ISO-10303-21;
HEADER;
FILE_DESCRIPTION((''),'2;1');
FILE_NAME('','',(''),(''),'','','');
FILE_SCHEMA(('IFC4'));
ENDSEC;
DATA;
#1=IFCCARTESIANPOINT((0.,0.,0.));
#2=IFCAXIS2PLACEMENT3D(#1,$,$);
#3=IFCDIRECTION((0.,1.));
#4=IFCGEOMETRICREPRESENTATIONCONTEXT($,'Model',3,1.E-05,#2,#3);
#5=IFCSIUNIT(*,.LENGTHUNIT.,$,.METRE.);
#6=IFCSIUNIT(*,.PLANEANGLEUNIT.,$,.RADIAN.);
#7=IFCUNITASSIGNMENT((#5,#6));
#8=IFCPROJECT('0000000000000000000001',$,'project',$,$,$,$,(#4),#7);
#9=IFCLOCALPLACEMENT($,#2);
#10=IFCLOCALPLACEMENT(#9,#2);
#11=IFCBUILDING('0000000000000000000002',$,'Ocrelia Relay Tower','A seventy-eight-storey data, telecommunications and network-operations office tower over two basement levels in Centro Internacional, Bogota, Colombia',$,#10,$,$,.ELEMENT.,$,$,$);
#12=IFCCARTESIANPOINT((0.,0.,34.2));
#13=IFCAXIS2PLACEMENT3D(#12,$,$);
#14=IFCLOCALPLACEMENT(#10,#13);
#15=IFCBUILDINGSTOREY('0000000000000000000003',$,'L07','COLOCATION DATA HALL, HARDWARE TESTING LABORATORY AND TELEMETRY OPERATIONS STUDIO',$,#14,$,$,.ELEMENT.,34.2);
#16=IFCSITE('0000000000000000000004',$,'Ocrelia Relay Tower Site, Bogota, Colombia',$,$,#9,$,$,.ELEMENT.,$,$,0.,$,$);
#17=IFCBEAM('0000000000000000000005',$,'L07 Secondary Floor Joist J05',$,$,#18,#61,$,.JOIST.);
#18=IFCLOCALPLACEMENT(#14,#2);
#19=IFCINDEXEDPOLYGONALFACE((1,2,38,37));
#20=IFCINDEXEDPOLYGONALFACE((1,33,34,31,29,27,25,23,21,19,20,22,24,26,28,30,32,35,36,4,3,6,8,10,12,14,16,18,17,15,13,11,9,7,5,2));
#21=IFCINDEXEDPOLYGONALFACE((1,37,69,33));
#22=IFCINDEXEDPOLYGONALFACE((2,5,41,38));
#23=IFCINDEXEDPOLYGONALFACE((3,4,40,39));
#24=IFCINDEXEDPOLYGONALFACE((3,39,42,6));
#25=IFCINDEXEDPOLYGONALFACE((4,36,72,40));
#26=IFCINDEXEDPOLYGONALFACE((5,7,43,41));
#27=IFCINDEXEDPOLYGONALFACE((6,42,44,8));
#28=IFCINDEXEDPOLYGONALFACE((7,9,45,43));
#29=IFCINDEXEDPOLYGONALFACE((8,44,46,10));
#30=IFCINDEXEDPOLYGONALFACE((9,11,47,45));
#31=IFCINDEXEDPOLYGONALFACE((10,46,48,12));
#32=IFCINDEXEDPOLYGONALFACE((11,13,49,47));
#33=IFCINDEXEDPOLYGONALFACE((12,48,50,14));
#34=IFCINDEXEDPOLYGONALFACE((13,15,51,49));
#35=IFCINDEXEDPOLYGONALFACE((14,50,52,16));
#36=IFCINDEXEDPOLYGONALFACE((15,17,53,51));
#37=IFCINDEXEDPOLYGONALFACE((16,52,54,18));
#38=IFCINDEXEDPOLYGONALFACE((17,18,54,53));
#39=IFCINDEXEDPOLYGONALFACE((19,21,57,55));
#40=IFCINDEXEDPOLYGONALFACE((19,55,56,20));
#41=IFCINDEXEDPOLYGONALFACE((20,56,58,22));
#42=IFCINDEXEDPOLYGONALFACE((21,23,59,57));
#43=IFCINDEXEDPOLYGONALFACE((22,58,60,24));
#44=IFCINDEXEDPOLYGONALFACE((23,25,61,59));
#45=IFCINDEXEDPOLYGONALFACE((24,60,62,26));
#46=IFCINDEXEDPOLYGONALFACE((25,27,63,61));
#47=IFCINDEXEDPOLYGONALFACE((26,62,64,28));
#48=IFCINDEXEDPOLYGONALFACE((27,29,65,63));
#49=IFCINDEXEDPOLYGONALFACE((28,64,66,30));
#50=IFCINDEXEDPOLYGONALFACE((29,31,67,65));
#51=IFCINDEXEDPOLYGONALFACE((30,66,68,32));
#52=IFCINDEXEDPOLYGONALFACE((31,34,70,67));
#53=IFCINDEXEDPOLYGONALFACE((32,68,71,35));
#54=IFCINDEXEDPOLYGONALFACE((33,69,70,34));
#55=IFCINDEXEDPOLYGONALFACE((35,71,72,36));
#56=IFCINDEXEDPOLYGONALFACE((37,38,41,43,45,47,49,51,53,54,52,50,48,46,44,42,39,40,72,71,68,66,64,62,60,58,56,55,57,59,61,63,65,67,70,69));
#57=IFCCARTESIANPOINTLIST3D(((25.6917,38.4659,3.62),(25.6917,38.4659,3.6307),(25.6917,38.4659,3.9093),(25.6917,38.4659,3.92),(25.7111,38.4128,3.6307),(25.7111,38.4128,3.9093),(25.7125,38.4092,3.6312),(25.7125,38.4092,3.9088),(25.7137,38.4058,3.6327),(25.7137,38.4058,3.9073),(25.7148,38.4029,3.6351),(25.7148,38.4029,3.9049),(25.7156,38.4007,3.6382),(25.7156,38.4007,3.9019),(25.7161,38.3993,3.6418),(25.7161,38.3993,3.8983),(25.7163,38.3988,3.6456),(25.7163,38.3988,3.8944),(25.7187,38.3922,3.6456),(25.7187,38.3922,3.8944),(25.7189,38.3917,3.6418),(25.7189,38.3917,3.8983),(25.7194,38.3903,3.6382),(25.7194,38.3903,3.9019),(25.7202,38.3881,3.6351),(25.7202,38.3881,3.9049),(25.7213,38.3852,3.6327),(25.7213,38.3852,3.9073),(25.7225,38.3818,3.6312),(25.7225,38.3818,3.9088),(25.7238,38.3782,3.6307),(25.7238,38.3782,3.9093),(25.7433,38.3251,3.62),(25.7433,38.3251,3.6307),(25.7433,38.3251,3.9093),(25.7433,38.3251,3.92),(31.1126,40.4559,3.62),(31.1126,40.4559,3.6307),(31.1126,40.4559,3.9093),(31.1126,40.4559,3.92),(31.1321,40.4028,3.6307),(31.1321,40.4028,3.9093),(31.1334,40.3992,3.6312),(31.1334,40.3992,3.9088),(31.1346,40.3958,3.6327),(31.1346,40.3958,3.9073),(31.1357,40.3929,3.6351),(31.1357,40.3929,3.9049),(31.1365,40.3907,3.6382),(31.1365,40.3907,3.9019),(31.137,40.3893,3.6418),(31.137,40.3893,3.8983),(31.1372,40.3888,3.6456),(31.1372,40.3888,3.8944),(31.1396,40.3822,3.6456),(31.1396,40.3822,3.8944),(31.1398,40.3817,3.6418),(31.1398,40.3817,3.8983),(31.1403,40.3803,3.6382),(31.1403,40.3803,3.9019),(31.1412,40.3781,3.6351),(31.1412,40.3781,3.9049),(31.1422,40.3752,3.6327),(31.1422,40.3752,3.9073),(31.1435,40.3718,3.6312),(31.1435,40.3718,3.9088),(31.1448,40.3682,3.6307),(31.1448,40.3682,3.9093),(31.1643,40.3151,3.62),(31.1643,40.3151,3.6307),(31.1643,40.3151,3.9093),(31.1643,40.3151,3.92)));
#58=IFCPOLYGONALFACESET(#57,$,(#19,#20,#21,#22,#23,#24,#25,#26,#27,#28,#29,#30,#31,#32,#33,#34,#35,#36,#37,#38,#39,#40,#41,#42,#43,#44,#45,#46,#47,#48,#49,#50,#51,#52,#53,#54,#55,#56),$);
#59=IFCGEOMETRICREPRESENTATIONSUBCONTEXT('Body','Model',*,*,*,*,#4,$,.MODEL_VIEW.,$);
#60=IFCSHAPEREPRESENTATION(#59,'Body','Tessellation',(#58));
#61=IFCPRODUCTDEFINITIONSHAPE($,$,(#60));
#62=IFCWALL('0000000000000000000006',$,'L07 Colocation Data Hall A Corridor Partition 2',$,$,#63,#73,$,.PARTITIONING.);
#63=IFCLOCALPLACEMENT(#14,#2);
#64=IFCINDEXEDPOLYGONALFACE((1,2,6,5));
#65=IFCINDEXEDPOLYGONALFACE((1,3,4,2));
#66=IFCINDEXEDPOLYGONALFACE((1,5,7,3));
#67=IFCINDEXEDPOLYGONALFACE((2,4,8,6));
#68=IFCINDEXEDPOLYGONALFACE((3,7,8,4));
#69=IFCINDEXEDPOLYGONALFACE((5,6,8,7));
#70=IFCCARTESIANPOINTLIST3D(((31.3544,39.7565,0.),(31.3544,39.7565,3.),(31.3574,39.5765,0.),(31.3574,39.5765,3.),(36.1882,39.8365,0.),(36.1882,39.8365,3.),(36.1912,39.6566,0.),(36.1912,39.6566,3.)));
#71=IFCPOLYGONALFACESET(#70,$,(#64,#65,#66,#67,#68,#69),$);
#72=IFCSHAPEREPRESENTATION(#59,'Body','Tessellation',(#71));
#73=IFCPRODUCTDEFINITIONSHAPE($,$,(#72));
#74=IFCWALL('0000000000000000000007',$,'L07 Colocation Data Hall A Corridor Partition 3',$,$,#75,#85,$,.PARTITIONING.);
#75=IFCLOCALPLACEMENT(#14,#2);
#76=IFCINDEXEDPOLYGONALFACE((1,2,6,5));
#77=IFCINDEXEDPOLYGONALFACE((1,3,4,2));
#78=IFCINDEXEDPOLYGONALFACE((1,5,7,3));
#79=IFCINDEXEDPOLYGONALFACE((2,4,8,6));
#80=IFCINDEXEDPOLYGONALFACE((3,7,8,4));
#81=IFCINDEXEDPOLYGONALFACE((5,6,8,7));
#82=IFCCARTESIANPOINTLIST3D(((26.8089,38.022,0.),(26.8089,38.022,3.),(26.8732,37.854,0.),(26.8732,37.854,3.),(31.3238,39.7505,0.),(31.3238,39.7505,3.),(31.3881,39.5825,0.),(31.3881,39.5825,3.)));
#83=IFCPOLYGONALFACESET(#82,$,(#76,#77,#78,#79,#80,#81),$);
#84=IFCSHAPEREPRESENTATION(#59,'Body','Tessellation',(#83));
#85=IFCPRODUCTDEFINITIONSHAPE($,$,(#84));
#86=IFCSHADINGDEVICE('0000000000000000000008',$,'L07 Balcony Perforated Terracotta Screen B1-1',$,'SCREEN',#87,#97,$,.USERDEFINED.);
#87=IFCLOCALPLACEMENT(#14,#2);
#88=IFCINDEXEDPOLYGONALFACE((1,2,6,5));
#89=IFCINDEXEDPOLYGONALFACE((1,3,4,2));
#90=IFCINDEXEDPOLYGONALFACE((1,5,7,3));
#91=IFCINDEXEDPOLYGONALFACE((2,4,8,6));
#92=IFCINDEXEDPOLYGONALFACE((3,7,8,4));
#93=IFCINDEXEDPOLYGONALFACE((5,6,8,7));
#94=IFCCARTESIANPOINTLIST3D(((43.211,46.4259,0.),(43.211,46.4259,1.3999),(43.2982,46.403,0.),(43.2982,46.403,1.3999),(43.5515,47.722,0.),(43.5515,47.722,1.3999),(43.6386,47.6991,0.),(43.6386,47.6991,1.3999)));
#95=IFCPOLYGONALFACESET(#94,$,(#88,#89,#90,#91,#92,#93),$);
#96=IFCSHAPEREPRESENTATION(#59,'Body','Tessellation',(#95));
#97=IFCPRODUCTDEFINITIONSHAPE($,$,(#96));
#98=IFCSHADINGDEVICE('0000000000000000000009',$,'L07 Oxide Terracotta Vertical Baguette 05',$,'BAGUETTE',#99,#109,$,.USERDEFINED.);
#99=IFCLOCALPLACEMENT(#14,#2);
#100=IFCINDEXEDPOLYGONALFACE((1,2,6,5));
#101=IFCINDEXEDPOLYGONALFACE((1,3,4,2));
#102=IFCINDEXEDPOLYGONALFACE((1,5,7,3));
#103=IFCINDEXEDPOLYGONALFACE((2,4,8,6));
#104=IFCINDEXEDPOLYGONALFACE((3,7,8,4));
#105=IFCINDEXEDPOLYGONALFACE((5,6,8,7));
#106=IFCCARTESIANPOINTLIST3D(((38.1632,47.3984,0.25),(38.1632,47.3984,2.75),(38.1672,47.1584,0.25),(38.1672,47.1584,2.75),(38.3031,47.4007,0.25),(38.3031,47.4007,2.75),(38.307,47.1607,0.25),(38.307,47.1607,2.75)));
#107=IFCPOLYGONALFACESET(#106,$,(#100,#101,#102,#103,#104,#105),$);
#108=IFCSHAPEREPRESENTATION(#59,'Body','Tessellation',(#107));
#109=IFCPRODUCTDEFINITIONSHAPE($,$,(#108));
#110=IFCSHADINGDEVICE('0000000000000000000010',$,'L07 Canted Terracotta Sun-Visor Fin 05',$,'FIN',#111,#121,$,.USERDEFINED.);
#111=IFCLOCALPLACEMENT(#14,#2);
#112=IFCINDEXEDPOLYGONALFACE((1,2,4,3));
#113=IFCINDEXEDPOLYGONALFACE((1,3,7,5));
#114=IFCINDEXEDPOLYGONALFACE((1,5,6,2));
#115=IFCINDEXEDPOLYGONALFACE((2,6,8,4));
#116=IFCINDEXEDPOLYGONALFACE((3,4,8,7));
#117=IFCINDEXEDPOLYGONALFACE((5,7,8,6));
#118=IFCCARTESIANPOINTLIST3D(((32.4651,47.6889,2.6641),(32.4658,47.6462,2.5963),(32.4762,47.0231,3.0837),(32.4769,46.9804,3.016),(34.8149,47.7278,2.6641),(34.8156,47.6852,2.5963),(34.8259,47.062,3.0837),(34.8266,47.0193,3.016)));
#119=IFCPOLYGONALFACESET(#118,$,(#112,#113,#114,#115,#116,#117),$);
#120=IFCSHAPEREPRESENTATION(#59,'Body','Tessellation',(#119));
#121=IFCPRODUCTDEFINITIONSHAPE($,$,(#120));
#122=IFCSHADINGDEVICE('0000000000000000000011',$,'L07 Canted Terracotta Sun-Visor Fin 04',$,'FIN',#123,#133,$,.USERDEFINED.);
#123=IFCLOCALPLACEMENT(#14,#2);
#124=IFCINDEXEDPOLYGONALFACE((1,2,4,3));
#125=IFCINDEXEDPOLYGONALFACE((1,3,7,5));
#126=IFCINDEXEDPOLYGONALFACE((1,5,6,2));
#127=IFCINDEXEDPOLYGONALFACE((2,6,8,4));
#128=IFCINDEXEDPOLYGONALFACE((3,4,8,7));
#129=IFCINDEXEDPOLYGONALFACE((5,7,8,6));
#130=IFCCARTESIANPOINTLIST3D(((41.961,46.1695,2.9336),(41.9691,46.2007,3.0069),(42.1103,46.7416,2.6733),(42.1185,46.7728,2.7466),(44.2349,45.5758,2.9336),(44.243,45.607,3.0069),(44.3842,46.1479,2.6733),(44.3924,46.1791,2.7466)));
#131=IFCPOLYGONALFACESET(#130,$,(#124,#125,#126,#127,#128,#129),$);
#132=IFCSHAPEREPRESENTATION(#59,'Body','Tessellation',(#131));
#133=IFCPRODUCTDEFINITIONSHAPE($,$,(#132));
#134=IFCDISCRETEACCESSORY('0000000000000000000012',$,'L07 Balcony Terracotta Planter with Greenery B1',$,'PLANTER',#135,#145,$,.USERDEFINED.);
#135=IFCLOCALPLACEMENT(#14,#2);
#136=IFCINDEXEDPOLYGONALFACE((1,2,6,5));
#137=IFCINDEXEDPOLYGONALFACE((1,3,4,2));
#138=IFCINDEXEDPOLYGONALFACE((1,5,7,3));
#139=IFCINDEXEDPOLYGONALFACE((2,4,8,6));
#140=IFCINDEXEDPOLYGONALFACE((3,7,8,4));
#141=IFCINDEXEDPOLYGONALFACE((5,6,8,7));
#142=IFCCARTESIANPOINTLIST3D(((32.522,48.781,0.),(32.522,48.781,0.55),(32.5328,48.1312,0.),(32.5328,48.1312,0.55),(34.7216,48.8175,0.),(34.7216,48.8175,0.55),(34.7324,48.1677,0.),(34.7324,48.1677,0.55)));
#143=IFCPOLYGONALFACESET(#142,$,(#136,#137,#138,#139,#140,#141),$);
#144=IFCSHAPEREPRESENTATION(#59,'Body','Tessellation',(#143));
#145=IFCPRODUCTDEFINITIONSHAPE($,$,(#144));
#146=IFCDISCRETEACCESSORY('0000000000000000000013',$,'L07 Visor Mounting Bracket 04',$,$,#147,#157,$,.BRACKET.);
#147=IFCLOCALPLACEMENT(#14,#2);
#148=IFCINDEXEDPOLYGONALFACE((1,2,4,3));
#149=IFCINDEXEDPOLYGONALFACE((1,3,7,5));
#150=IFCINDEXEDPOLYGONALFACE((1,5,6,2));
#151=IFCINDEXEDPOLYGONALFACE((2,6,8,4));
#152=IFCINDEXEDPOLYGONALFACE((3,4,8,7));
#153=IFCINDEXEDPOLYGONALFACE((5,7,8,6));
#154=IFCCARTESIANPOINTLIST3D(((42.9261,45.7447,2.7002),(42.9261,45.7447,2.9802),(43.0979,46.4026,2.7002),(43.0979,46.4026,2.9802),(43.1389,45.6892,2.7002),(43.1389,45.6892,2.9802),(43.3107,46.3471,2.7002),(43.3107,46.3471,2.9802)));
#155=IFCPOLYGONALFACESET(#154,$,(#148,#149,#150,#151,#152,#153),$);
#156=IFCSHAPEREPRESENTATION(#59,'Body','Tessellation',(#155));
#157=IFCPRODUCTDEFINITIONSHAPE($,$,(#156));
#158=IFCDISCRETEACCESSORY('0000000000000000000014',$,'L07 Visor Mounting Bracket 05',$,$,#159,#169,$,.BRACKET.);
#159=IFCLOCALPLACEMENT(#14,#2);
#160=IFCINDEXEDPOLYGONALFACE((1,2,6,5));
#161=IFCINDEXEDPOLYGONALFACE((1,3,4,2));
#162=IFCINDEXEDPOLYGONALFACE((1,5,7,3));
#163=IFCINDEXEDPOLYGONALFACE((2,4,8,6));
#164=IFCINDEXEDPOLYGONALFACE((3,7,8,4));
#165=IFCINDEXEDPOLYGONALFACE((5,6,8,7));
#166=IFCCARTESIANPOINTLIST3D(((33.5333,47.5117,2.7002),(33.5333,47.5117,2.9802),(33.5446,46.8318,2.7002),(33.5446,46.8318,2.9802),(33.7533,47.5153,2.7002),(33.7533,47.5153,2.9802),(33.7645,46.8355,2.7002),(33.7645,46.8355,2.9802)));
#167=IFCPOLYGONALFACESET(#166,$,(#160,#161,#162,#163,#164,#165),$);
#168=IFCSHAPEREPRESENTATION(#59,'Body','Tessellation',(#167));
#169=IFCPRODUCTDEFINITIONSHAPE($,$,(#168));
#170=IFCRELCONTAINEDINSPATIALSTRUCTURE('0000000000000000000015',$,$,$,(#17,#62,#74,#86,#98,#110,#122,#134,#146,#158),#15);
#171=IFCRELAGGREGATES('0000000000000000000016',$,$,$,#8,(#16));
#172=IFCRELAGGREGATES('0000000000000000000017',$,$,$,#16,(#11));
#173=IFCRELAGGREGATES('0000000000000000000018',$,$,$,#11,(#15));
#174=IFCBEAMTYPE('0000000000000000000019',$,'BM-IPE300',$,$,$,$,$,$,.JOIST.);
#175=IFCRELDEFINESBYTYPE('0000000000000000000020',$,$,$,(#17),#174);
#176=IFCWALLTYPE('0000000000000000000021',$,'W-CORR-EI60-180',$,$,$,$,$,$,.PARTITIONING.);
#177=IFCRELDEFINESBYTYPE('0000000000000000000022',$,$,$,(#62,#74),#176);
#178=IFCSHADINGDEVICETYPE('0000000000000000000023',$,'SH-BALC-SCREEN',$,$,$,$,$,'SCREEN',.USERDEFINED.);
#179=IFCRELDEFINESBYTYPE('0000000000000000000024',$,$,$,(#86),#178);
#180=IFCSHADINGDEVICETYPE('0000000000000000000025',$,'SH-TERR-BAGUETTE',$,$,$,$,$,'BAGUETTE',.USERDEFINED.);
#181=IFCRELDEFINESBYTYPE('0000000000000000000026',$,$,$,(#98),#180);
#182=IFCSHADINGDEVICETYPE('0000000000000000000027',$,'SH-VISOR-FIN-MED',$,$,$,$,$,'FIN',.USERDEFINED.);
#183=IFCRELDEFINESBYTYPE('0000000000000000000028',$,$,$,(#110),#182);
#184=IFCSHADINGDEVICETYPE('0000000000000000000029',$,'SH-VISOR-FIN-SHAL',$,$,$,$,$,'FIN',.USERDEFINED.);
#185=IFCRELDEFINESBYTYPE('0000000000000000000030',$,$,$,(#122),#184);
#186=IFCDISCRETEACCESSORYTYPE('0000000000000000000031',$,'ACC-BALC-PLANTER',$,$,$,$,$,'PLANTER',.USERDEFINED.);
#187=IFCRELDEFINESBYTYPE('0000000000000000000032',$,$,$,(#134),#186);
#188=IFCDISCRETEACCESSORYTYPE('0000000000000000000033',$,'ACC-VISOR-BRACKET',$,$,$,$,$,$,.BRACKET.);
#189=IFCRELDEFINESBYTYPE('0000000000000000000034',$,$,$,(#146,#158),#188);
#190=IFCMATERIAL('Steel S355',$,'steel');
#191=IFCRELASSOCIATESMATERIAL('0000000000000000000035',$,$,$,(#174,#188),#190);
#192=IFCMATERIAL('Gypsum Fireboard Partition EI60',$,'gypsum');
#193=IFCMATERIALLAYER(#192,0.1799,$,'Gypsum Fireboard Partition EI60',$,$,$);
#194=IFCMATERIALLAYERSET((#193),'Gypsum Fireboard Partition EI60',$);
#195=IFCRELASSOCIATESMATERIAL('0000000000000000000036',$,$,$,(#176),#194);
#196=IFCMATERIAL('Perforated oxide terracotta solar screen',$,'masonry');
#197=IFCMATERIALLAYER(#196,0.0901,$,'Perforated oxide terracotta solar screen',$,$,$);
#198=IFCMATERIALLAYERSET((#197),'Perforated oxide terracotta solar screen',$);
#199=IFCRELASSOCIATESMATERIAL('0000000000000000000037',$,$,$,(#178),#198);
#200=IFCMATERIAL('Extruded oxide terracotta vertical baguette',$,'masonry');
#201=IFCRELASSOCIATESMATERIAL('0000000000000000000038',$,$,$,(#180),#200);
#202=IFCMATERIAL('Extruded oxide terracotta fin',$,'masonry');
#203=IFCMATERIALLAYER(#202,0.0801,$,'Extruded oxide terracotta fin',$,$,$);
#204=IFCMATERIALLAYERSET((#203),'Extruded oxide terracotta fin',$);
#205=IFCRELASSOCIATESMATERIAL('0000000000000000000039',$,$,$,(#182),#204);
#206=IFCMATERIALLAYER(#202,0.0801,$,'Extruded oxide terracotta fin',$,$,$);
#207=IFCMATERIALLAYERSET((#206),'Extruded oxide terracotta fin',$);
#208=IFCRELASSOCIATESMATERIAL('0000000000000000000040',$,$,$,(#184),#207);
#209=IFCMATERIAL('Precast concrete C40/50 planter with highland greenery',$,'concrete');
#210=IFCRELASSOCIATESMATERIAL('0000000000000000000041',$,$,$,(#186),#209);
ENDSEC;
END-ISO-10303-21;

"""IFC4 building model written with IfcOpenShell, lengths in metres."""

from ifc_helpers import new_model, si_unit, direction, frame, frame_2d, origin, origin_2d, place, context, subcontext, project, spatial, rectangle, i_section, extrude, material, layer, layer_set, material_profile, profile_set, type_object, element, save


model = new_model("IFC4")

# Units and contexts
model_context = context("Model", 3, precision=1e-05, world=origin(), true_north=direction((0.0, 1.0)))
body_context = subcontext(model_context, "Body", "Model", "MODEL_VIEW")
ifc_project = project(units=[si_unit("LENGTHUNIT", "METRE"), si_unit("PLANEANGLEUNIT", "RADIAN")], contexts=[model_context])

# Site, building, storey
site_placement = place(None, origin())
site = spatial("IfcSite", under=ifc_project, at=site_placement, Name="Ocrelia Relay Tower Site, Bogota, Colombia", CompositionType="ELEMENT", RefElevation=0.0)
building_placement = place(site_placement, origin())
building = spatial("IfcBuilding", under=site, at=building_placement, Name="Ocrelia Relay Tower", Description="A seventy-eight-storey data, telecommunications and network-operations office tower over two basement levels in Centro Internacional, Bogota, Colombia", CompositionType="ELEMENT")
storey_placement = place(building_placement, frame((0.0, 0.0, 34.2)))
storey = spatial("IfcBuildingStorey", under=building, at=storey_placement, Name="L07", Description="COLOCATION DATA HALL, HARDWARE TESTING LABORATORY AND TELEMETRY OPERATIONS STUDIO", CompositionType="ELEMENT", Elevation=34.2)

# Beam
ifc_material_1 = material(Name="Steel S355", Category="steel")
ifc_material_profile_1 = material_profile(ifc_material_1, i_section(OverallWidth=0.1499, OverallDepth=0.3, WebThickness=0.0071, FlangeThickness=0.0107, FilletRadius=0.0149, at=origin_2d()), Name="IPE 300")
ifc_profile_set_1 = profile_set([ifc_material_profile_1], Name="Steel S355")
beam_type_1 = type_object("IfcBeamType", Name="BM-IPE300", PredefinedType="JOIST", material=ifc_profile_set_1)
beam_1_placement = place(storey_placement, frame((31.1384, 40.3855, 3.77), z_axis=(-0.938746, -0.34461, 0.0), x_axis=(0.34461, -0.938746, 0.0)))
element("IfcBeam", 1, at=beam_1_placement, inside=storey, type_object=beam_type_1, Name="L07 Secondary Floor Joist J05", PredefinedType="JOIST", context=body_context, shape_type="SweptSolid", body=[
    extrude(i_section(OverallWidth=0.1499, OverallDepth=0.3, WebThickness=0.0071, FlangeThickness=0.0107, FilletRadius=0.0149, at=origin_2d()), origin(), (0.0, 0.0, 1.0), 5.7747),
])

# Shared definitions
ifc_material_2 = material(Name="Gypsum Fireboard Partition EI60", Category="gypsum")
ifc_layer_1 = layer(ifc_material_2, 0.1799, Name="Gypsum Fireboard Partition EI60")
ifc_layer_set_1 = layer_set([ifc_layer_1], Name="Gypsum Fireboard Partition EI60")
wall_type_1 = type_object("IfcWallType", Name="W-CORR-EI60-180", PredefinedType="PARTITIONING", material=ifc_layer_set_1)

# Walls
for number, where, z_axis, x_axis, name in (
    (2, (36.1897, 39.7466, 0.0), (0.0, 0.0, 1.0), (-0.999863, -0.016564, 0.0), "L07 Colocation Data Hall A Corridor Partition 2"),
    (3, (31.356, 39.6665, 0.0), (0.0, 0.0, 1.0), (-0.933898, -0.35754, 0.0), "L07 Colocation Data Hall A Corridor Partition 3"),
):
    element("IfcWall", number, at=place(storey_placement, frame(where, z_axis=z_axis, x_axis=x_axis)), inside=storey, type_object=wall_type_1, Name=name, PredefinedType="PARTITIONING", context=body_context, shape_type="SweptSolid", body=[
        extrude(rectangle(XDim=4.8345, YDim=0.1799, at=frame_2d((2.4172, 0.0))), origin(), (0.0, 0.0, 1.0), 3.0),
    ])

# Shading devices
ifc_material_3 = material(Name="Perforated oxide terracotta solar screen", Category="masonry")
ifc_layer_2 = layer(ifc_material_3, 0.0901, Name="Perforated oxide terracotta solar screen")
ifc_layer_set_2 = layer_set([ifc_layer_2], Name="Perforated oxide terracotta solar screen")
shading_device_type_1 = type_object("IfcShadingDeviceType", Name="SH-BALC-SCREEN", ElementType="SCREEN", PredefinedType="USERDEFINED", material=ifc_layer_set_2)
shading_device_1_placement = place(storey_placement, frame((43.4248, 47.0625, 0.0), z_axis=(0.0, 0.0, 1.0), x_axis=(0.254034, 0.967195, 0.0)))
element("IfcShadingDevice", 4, at=shading_device_1_placement, inside=storey, type_object=shading_device_type_1, Name="L07 Balcony Perforated Terracotta Screen B1-1", ObjectType="SCREEN", PredefinedType="USERDEFINED", context=body_context, shape_type="SweptSolid", body=[
    extrude(rectangle(XDim=1.3401, YDim=0.0901, at=origin_2d()), origin(), (0.0, 0.0, 1.0), 1.3999),
])
ifc_material_4 = material(Name="Extruded oxide terracotta vertical baguette", Category="masonry")
shading_device_type_2 = type_object("IfcShadingDeviceType", Name="SH-TERR-BAGUETTE", ElementType="BAGUETTE", PredefinedType="USERDEFINED", material=ifc_material_4)
shading_device_2_placement = place(storey_placement, frame((38.2351, 47.2795, 0.25), z_axis=(0.0, 0.0, 1.0), x_axis=(-0.999863, -0.016582, 0.0)))
element("IfcShadingDevice", 5, at=shading_device_2_placement, inside=storey, type_object=shading_device_type_2, Name="L07 Oxide Terracotta Vertical Baguette 05", ObjectType="BAGUETTE", PredefinedType="USERDEFINED", context=body_context, shape_type="SweptSolid", body=[
    extrude(rectangle(XDim=0.1399, YDim=0.24, at=origin_2d()), origin(), (0.0, 0.0, 1.0), 2.5),
])
ifc_material_5 = material(Name="Extruded oxide terracotta fin", Category="masonry")
ifc_layer_3 = layer(ifc_material_5, 0.0801, Name="Extruded oxide terracotta fin")
ifc_layer_set_3 = layer_set([ifc_layer_3], Name="Extruded oxide terracotta fin")
shading_device_type_3 = type_object("IfcShadingDeviceType", Name="SH-VISOR-FIN-MED", ElementType="FIN", PredefinedType="USERDEFINED", material=ifc_layer_set_3)
shading_device_3_placement = place(storey_placement, frame((33.6462, 47.3328, 2.8062), z_axis=(-0.008841, 0.533098, 0.846007), x_axis=(-0.999863, -0.016582, 0.0)))
element("IfcShadingDevice", 6, at=shading_device_3_placement, inside=storey, type_object=shading_device_type_3, Name="L07 Canted Terracotta Sun-Visor Fin 05", ObjectType="FIN", PredefinedType="USERDEFINED", context=body_context, shape_type="SweptSolid", body=[
    extrude(rectangle(XDim=2.3501, YDim=0.7871, at=origin_2d()), origin(), (0.0, 0.0, 1.0), 0.0801),
])
ifc_layer_4 = layer(ifc_material_5, 0.0801, Name="Extruded oxide terracotta fin")
ifc_layer_set_4 = layer_set([ifc_layer_4], Name="Extruded oxide terracotta fin")
shading_device_type_4 = type_object("IfcShadingDeviceType", Name="SH-VISOR-FIN-SHAL", ElementType="FIN", PredefinedType="USERDEFINED", material=ifc_layer_set_4)
shading_device_4_placement = place(storey_placement, frame((43.1726, 46.1587, 2.8035), z_axis=(0.101779, 0.389839, 0.915241), x_axis=(-0.967568, 0.252612, 0.0)))
element("IfcShadingDevice", 7, at=shading_device_4_placement, inside=storey, type_object=shading_device_type_4, Name="L07 Canted Terracotta Sun-Visor Fin 04", ObjectType="FIN", PredefinedType="USERDEFINED", context=body_context, shape_type="SweptSolid", body=[
    extrude(rectangle(XDim=2.3501, YDim=0.646, at=origin_2d()), origin(), (0.0, 0.0, 1.0), 0.0801),
])

# Discrete accessories
ifc_material_6 = material(Name="Precast concrete C40/50 planter with highland greenery", Category="concrete")
discrete_accessory_type_1 = type_object("IfcDiscreteAccessoryType", Name="ACC-BALC-PLANTER", ElementType="PLANTER", PredefinedType="USERDEFINED", material=ifc_material_6)
discrete_accessory_placement = place(storey_placement, frame((33.6272, 48.4744, 0.0), z_axis=(0.0, 0.0, 1.0), x_axis=(0.999863, 0.016582, 0.0)))
element("IfcDiscreteAccessory", 8, at=discrete_accessory_placement, inside=storey, type_object=discrete_accessory_type_1, Name="L07 Balcony Terracotta Planter with Greenery B1", ObjectType="PLANTER", PredefinedType="USERDEFINED", context=body_context, shape_type="SweptSolid", body=[
    extrude(rectangle(XDim=2.2, YDim=0.6499, at=origin_2d()), origin(), (0.0, 0.0, 1.0), 0.55),
])
discrete_accessory_type_2 = type_object("IfcDiscreteAccessoryType", Name="ACC-VISOR-BRACKET", PredefinedType="BRACKET", material=ifc_material_1)
for number, where, z_axis, x_axis, name in (
    (9, (43.1184, 46.0459, 2.7002), (0.0, 0.0, 1.0), (-0.967568, 0.252612, 0.0), "L07 Visor Mounting Bracket 04"),
    (10, (33.6489, 47.1736, 2.7002), (0.0, 0.0, 1.0), (-0.999863, -0.016582, 0.0), "L07 Visor Mounting Bracket 05"),
):
    element("IfcDiscreteAccessory", number, at=place(storey_placement, frame(where, z_axis=z_axis, x_axis=x_axis)), inside=storey, type_object=discrete_accessory_type_2, Name=name, PredefinedType="BRACKET", context=body_context, shape_type="SweptSolid", body=[
        extrude(rectangle(XDim=0.22, YDim=0.6799, at=origin_2d()), origin(), (0.0, 0.0, 1.0), 0.28),
    ])

save(model, "model.ifc")
